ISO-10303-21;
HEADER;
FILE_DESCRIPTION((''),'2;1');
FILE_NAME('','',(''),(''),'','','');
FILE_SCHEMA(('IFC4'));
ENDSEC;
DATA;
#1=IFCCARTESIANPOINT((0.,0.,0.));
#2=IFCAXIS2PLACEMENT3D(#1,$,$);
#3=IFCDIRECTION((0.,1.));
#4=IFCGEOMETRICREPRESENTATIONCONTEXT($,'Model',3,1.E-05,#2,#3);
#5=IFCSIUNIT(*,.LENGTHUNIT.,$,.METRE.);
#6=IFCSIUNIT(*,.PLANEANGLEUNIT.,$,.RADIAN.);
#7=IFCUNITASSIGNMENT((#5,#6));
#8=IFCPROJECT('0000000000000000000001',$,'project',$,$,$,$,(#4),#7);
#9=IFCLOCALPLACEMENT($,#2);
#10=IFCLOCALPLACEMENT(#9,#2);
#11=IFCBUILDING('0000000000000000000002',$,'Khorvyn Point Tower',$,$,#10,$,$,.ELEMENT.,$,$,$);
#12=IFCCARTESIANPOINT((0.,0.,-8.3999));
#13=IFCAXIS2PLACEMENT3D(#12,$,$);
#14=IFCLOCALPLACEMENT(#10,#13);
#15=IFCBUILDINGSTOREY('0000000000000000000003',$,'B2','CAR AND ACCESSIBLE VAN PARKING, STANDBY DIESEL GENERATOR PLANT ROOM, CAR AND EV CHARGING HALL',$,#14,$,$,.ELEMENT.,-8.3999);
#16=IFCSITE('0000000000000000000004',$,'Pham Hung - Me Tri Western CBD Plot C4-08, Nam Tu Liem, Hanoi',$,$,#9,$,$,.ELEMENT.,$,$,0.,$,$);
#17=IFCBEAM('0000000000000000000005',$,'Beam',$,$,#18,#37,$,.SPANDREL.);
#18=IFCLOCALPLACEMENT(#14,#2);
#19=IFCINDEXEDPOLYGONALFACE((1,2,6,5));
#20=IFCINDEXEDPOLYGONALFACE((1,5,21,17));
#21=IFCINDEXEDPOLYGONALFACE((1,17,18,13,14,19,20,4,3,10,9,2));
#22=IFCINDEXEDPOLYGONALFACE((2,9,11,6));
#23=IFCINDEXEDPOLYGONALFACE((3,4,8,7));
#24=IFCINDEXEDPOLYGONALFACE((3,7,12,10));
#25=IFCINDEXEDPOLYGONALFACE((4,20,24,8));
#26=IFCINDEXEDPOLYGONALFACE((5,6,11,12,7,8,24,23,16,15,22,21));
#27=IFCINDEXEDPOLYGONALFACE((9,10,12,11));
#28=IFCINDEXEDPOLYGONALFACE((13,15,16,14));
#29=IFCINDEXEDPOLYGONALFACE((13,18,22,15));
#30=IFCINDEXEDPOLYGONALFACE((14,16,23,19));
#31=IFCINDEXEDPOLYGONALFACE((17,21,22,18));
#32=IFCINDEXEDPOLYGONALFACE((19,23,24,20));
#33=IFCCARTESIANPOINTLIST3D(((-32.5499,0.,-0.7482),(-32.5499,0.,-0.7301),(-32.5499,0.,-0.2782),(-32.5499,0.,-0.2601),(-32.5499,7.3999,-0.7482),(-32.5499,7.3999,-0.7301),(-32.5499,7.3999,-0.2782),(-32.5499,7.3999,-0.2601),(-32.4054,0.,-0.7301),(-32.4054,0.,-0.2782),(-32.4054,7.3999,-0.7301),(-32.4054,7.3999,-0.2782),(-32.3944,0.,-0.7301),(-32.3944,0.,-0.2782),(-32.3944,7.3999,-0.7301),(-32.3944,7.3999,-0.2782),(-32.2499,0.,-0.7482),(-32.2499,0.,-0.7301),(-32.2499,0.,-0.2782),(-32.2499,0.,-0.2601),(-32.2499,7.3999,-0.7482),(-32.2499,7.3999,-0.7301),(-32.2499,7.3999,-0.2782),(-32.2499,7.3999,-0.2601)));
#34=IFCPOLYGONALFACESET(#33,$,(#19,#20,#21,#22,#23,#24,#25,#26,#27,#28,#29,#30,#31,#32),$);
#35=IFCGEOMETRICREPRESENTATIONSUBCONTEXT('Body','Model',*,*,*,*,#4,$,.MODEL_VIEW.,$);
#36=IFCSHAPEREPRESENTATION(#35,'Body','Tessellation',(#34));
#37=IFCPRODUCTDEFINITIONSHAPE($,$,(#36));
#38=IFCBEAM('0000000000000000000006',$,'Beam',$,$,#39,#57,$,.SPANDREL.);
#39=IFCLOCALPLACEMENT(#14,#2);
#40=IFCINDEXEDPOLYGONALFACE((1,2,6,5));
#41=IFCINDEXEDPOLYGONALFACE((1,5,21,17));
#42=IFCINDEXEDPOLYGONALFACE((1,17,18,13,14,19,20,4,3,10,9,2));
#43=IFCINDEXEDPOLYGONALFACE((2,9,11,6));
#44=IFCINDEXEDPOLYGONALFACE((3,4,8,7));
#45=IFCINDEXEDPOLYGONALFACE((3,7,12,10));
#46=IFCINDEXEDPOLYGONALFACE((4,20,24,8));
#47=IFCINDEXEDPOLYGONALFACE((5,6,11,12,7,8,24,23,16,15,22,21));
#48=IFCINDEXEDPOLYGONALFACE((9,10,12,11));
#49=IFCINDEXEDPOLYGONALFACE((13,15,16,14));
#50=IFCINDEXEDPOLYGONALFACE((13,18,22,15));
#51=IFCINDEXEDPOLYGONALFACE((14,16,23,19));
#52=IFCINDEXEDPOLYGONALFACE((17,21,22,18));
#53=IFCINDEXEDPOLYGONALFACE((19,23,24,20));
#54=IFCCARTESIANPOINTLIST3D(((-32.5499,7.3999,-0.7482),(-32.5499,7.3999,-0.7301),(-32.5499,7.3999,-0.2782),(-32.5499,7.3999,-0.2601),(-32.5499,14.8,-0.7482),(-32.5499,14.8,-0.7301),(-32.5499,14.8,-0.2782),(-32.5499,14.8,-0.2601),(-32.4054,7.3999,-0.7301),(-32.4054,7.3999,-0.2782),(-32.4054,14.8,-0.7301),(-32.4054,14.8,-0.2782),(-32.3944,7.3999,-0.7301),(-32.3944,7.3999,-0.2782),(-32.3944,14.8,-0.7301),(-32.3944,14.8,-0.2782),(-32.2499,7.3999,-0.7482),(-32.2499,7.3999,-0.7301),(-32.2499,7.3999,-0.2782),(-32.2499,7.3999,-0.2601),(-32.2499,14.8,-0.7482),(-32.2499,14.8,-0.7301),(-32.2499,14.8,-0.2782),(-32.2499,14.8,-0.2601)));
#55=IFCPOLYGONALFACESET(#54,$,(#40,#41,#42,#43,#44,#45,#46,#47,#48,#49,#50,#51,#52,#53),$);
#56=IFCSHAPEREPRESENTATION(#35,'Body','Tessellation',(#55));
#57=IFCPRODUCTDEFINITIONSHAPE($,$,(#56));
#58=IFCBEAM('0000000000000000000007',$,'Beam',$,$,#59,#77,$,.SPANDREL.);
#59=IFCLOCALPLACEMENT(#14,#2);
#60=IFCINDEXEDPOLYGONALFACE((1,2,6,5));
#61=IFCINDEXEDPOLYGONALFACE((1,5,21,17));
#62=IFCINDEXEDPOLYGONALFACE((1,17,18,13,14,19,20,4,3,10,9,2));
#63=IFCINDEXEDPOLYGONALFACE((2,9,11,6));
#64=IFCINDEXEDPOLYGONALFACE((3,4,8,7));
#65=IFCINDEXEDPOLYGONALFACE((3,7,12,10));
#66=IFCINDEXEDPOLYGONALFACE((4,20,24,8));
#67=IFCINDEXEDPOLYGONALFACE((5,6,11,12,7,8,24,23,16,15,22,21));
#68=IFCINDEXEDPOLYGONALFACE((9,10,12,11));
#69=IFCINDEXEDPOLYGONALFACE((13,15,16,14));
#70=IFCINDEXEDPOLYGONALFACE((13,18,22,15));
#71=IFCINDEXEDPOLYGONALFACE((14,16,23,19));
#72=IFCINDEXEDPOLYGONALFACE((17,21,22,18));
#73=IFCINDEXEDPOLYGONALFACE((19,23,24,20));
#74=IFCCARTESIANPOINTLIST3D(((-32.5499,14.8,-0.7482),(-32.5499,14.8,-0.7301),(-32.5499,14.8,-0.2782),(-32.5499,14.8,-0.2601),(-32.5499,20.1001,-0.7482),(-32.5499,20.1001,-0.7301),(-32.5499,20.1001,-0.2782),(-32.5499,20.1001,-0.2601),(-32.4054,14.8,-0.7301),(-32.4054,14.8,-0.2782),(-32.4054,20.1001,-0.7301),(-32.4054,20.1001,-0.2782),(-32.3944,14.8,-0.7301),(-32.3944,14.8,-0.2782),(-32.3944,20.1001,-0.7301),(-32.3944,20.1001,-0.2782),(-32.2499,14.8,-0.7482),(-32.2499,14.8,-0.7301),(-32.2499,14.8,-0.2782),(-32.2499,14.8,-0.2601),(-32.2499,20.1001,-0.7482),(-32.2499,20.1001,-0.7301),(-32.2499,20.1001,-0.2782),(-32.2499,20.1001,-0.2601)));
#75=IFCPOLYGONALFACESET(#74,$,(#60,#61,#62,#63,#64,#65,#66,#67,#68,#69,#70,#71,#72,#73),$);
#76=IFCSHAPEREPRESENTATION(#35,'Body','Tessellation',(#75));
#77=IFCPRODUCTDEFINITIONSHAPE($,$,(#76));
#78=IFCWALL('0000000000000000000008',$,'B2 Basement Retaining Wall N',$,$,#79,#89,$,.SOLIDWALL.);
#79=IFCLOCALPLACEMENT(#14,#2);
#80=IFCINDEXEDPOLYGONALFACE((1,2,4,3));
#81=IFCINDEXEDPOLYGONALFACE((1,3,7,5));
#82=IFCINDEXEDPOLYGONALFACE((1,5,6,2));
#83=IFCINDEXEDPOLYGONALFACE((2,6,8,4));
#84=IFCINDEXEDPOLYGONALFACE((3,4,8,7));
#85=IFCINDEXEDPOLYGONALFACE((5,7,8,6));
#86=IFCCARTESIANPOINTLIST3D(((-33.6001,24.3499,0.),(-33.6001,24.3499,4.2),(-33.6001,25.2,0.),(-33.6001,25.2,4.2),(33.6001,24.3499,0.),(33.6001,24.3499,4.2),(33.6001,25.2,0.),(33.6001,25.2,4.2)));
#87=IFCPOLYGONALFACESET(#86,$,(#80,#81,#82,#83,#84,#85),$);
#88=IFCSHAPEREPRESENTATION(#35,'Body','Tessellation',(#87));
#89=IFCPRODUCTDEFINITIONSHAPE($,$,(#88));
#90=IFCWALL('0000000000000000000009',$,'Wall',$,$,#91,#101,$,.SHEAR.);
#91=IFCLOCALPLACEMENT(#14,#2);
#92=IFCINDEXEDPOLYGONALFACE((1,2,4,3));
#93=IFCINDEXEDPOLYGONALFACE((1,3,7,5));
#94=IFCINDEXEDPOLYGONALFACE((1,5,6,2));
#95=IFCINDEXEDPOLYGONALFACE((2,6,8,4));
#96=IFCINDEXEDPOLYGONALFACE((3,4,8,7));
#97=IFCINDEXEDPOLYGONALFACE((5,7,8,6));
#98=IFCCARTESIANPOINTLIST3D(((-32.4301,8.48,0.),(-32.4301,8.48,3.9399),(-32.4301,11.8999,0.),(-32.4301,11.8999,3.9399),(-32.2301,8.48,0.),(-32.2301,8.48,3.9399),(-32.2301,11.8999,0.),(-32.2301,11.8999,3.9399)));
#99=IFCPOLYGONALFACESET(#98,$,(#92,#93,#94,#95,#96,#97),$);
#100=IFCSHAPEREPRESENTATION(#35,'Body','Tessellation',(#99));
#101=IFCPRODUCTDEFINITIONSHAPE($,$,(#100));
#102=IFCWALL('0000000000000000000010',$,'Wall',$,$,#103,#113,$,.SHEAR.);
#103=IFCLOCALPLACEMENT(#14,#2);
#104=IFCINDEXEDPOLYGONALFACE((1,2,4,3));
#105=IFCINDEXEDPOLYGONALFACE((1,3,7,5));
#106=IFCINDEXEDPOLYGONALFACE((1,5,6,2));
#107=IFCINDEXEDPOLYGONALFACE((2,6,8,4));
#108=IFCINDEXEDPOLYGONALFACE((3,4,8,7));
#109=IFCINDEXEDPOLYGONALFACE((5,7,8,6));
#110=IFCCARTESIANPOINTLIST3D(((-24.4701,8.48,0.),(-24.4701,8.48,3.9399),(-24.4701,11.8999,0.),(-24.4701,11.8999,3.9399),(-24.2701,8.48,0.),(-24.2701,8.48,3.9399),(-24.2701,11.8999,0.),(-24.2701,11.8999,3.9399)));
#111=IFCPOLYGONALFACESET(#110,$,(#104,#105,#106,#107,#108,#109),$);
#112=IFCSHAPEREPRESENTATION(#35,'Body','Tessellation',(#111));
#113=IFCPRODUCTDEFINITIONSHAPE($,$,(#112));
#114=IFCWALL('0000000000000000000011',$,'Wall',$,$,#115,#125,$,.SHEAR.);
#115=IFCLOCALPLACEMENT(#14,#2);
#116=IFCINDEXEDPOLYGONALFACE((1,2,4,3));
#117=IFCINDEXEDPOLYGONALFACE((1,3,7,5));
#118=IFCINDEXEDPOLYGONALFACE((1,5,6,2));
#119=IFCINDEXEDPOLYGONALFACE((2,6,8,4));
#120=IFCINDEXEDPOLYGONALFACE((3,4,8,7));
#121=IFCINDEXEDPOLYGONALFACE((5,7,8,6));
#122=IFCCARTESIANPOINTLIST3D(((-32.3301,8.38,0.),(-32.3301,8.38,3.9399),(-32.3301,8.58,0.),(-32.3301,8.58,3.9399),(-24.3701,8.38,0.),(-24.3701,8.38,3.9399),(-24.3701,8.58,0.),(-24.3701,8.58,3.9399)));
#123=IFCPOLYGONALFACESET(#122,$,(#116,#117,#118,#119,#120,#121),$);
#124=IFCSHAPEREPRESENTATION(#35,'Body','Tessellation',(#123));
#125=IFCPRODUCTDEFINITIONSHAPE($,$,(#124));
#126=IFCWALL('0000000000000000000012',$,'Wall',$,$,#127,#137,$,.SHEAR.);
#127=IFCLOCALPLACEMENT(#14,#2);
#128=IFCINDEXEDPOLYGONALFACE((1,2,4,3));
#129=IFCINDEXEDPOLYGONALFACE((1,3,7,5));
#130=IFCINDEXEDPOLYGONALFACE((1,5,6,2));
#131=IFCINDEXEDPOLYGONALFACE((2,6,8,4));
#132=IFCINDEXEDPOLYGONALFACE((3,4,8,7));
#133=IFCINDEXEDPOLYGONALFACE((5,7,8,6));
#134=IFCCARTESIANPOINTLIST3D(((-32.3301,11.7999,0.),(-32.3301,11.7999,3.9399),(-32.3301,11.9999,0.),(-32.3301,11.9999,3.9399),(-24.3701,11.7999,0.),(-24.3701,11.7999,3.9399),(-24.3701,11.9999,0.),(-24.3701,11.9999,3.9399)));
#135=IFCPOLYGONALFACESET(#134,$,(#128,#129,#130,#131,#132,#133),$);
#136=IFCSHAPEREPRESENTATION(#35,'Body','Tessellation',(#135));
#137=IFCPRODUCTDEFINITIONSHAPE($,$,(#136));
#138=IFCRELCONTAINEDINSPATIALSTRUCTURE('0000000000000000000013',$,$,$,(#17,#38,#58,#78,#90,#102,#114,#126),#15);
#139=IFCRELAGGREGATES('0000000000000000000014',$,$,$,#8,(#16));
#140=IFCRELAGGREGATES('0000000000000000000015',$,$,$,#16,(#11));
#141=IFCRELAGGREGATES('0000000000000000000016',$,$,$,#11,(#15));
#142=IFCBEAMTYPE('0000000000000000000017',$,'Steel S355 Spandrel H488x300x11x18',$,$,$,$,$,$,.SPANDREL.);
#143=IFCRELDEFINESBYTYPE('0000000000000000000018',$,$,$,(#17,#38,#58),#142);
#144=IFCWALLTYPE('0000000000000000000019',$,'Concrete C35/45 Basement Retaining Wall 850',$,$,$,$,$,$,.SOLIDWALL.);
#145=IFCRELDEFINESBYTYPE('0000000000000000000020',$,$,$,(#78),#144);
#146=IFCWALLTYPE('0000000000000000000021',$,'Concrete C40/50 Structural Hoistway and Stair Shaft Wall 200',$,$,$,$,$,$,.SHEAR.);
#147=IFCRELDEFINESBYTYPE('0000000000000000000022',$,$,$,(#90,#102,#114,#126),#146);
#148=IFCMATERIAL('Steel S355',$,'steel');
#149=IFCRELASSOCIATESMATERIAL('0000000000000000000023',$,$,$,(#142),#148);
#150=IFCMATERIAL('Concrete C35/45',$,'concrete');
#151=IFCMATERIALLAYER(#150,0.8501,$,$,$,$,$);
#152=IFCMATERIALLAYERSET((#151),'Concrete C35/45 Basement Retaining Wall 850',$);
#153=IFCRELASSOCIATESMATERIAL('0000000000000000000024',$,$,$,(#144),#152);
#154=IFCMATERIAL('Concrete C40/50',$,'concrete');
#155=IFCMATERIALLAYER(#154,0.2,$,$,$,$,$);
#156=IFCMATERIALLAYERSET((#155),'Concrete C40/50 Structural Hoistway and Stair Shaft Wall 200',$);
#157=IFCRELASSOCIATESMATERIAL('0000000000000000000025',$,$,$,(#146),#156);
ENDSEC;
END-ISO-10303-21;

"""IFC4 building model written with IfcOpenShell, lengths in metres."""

from ifc_helpers import new_model, si_unit, direction, frame, frame_2d, origin, origin_2d, place, context, subcontext, project, spatial, rectangle, i_section, extrude, material, layer, layer_set, material_profile, profile_set, type_object, element, save


model = new_model("IFC4")

# Units and contexts
model_context = context("Model", 3, precision=1e-05, world=origin(), true_north=direction((0.0, 1.0)))
body_context = subcontext(model_context, "Body", "Model", "MODEL_VIEW")
ifc_project = project(units=[si_unit("LENGTHUNIT", "METRE"), si_unit("PLANEANGLEUNIT", "RADIAN")], contexts=[model_context])

# Site, building, storey
site_placement = place(None, origin())
site = spatial("IfcSite", under=ifc_project, at=site_placement, Name="Pham Hung - Me Tri Western CBD Plot C4-08, Nam Tu Liem, Hanoi", CompositionType="ELEMENT", RefElevation=0.0)
building_placement = place(site_placement, origin())
building = spatial("IfcBuilding", under=site, at=building_placement, Name="Khorvyn Point Tower", CompositionType="ELEMENT")
storey_placement = place(building_placement, frame((0.0, 0.0, -8.3999)))
storey = spatial("IfcBuildingStorey", under=building, at=storey_placement, Name="B2", Description="CAR AND ACCESSIBLE VAN PARKING, STANDBY DIESEL GENERATOR PLANT ROOM, CAR AND EV CHARGING HALL", CompositionType="ELEMENT", Elevation=-8.3999)

# Shared definitions
ifc_material_1 = material(Name="Concrete C40/50", Category="concrete")

# Beams
ifc_material_2 = material(Name="Steel S355", Category="steel")
ifc_material_profile_1 = material_profile(ifc_material_2, i_section(OverallWidth=0.3, OverallDepth=0.488, WebThickness=0.011, FlangeThickness=0.0181, at=origin_2d()))
ifc_profile_set_1 = profile_set([ifc_material_profile_1], Name="Steel S355 H488x300x11x18")
beam_type_1 = type_object("IfcBeamType", Name="Steel S355 Spandrel H488x300x11x18", PredefinedType="SPANDREL", material=ifc_profile_set_1)
beam_1_placement = place(storey_placement, frame((-32.3999, 0.0, -0.5042), z_axis=(0.0, 1.0, 0.0), x_axis=(-1.0, 0.0, 0.0)))
element("IfcBeam", 1, at=beam_1_placement, inside=storey, type_object=beam_type_1, Name="Beam", PredefinedType="SPANDREL", context=body_context, shape_type="SweptSolid", body=[
    extrude(i_section(OverallWidth=0.3, OverallDepth=0.488, WebThickness=0.011, FlangeThickness=0.0181, at=origin_2d()), origin(), (0.0, 0.0, 1.0), 7.3999),
])
beam_2_placement = place(storey_placement, frame((-32.3999, 7.3999, -0.5042), z_axis=(0.0, 1.0, 0.0), x_axis=(-1.0, 0.0, 0.0)))
element("IfcBeam", 2, at=beam_2_placement, inside=storey, type_object=beam_type_1, Name="Beam", PredefinedType="SPANDREL", context=body_context, shape_type="SweptSolid", body=[
    extrude(i_section(OverallWidth=0.3, OverallDepth=0.488, WebThickness=0.011, FlangeThickness=0.0181, at=origin_2d()), origin(), (0.0, 0.0, 1.0), 7.4001),
])
beam_3_placement = place(storey_placement, frame((-32.3999, 14.8, -0.5042), z_axis=(0.0, 1.0, 0.0), x_axis=(-1.0, 0.0, 0.0)))
element("IfcBeam", 3, at=beam_3_placement, inside=storey, type_object=beam_type_1, Name="Beam", PredefinedType="SPANDREL", context=body_context, shape_type="SweptSolid", body=[
    extrude(i_section(OverallWidth=0.3, OverallDepth=0.488, WebThickness=0.011, FlangeThickness=0.0181, at=origin_2d()), origin(), (0.0, 0.0, 1.0), 5.3),
])

# Walls
ifc_material_3 = material(Name="Concrete C35/45", Category="concrete")
ifc_layer_1 = layer(ifc_material_3, 0.8501)
ifc_layer_set_1 = layer_set([ifc_layer_1], Name="Concrete C35/45 Basement Retaining Wall 850")
wall_type_1 = type_object("IfcWallType", Name="Concrete C35/45 Basement Retaining Wall 850", PredefinedType="SOLIDWALL", material=ifc_layer_set_1)
wall_placement = place(storey_placement, frame((-33.6001, 24.7749, 0.0), z_axis=(0.0, 0.0, 1.0), x_axis=(1.0, 0.0, 0.0)))
element("IfcWall", 4, at=wall_placement, inside=storey, type_object=wall_type_1, Name="B2 Basement Retaining Wall N", PredefinedType="SOLIDWALL", context=body_context, shape_type="SweptSolid", body=[
    extrude(rectangle(XDim=67.2002, YDim=0.8501, at=frame_2d((33.6001, 0.0))), origin(), (0.0, 0.0, 1.0), 4.2),
])
ifc_layer_2 = layer(ifc_material_1, 0.2)
ifc_layer_set_2 = layer_set([ifc_layer_2], Name="Concrete C40/50 Structural Hoistway and Stair Shaft Wall 200")
wall_type_2 = type_object("IfcWallType", Name="Concrete C40/50 Structural Hoistway and Stair Shaft Wall 200", PredefinedType="SHEAR", material=ifc_layer_set_2)
for number, where, z_axis, x_axis, name in (
    (5, (-32.3301, 8.48, 0.0), (0.0, 0.0, 1.0), (0.0, 1.0, 0.0), "Wall"),
    (6, (-24.3701, 11.8999, 0.0), (0.0, 0.0, 1.0), (0.0, -1.0, 0.0), "Wall"),
):
    element("IfcWall", number, at=place(storey_placement, frame(where, z_axis=z_axis, x_axis=x_axis)), inside=storey, type_object=wall_type_2, Name=name, PredefinedType="SHEAR", context=body_context, shape_type="SweptSolid", body=[
        extrude(rectangle(XDim=3.4199, YDim=0.2, at=frame_2d((1.71, 0.0))), origin(), (0.0, 0.0, 1.0), 3.9399),
    ])
for number, where, z_axis, x_axis, name in (
    (7, (-24.3701, 8.48, 0.0), (0.0, 0.0, 1.0), (-1.0, 0.0, 0.0), "Wall"),
    (8, (-32.3301, 11.8999, 0.0), (0.0, 0.0, 1.0), (1.0, 0.0, 0.0), "Wall"),
):
    element("IfcWall", number, at=place(storey_placement, frame(where, z_axis=z_axis, x_axis=x_axis)), inside=storey, type_object=wall_type_2, Name=name, PredefinedType="SHEAR", context=body_context, shape_type="SweptSolid", body=[
        extrude(rectangle(XDim=7.96, YDim=0.2, at=frame_2d((3.98, 0.0))), origin(), (0.0, 0.0, 1.0), 3.9399),
    ])

save(model, "model.ifc")
